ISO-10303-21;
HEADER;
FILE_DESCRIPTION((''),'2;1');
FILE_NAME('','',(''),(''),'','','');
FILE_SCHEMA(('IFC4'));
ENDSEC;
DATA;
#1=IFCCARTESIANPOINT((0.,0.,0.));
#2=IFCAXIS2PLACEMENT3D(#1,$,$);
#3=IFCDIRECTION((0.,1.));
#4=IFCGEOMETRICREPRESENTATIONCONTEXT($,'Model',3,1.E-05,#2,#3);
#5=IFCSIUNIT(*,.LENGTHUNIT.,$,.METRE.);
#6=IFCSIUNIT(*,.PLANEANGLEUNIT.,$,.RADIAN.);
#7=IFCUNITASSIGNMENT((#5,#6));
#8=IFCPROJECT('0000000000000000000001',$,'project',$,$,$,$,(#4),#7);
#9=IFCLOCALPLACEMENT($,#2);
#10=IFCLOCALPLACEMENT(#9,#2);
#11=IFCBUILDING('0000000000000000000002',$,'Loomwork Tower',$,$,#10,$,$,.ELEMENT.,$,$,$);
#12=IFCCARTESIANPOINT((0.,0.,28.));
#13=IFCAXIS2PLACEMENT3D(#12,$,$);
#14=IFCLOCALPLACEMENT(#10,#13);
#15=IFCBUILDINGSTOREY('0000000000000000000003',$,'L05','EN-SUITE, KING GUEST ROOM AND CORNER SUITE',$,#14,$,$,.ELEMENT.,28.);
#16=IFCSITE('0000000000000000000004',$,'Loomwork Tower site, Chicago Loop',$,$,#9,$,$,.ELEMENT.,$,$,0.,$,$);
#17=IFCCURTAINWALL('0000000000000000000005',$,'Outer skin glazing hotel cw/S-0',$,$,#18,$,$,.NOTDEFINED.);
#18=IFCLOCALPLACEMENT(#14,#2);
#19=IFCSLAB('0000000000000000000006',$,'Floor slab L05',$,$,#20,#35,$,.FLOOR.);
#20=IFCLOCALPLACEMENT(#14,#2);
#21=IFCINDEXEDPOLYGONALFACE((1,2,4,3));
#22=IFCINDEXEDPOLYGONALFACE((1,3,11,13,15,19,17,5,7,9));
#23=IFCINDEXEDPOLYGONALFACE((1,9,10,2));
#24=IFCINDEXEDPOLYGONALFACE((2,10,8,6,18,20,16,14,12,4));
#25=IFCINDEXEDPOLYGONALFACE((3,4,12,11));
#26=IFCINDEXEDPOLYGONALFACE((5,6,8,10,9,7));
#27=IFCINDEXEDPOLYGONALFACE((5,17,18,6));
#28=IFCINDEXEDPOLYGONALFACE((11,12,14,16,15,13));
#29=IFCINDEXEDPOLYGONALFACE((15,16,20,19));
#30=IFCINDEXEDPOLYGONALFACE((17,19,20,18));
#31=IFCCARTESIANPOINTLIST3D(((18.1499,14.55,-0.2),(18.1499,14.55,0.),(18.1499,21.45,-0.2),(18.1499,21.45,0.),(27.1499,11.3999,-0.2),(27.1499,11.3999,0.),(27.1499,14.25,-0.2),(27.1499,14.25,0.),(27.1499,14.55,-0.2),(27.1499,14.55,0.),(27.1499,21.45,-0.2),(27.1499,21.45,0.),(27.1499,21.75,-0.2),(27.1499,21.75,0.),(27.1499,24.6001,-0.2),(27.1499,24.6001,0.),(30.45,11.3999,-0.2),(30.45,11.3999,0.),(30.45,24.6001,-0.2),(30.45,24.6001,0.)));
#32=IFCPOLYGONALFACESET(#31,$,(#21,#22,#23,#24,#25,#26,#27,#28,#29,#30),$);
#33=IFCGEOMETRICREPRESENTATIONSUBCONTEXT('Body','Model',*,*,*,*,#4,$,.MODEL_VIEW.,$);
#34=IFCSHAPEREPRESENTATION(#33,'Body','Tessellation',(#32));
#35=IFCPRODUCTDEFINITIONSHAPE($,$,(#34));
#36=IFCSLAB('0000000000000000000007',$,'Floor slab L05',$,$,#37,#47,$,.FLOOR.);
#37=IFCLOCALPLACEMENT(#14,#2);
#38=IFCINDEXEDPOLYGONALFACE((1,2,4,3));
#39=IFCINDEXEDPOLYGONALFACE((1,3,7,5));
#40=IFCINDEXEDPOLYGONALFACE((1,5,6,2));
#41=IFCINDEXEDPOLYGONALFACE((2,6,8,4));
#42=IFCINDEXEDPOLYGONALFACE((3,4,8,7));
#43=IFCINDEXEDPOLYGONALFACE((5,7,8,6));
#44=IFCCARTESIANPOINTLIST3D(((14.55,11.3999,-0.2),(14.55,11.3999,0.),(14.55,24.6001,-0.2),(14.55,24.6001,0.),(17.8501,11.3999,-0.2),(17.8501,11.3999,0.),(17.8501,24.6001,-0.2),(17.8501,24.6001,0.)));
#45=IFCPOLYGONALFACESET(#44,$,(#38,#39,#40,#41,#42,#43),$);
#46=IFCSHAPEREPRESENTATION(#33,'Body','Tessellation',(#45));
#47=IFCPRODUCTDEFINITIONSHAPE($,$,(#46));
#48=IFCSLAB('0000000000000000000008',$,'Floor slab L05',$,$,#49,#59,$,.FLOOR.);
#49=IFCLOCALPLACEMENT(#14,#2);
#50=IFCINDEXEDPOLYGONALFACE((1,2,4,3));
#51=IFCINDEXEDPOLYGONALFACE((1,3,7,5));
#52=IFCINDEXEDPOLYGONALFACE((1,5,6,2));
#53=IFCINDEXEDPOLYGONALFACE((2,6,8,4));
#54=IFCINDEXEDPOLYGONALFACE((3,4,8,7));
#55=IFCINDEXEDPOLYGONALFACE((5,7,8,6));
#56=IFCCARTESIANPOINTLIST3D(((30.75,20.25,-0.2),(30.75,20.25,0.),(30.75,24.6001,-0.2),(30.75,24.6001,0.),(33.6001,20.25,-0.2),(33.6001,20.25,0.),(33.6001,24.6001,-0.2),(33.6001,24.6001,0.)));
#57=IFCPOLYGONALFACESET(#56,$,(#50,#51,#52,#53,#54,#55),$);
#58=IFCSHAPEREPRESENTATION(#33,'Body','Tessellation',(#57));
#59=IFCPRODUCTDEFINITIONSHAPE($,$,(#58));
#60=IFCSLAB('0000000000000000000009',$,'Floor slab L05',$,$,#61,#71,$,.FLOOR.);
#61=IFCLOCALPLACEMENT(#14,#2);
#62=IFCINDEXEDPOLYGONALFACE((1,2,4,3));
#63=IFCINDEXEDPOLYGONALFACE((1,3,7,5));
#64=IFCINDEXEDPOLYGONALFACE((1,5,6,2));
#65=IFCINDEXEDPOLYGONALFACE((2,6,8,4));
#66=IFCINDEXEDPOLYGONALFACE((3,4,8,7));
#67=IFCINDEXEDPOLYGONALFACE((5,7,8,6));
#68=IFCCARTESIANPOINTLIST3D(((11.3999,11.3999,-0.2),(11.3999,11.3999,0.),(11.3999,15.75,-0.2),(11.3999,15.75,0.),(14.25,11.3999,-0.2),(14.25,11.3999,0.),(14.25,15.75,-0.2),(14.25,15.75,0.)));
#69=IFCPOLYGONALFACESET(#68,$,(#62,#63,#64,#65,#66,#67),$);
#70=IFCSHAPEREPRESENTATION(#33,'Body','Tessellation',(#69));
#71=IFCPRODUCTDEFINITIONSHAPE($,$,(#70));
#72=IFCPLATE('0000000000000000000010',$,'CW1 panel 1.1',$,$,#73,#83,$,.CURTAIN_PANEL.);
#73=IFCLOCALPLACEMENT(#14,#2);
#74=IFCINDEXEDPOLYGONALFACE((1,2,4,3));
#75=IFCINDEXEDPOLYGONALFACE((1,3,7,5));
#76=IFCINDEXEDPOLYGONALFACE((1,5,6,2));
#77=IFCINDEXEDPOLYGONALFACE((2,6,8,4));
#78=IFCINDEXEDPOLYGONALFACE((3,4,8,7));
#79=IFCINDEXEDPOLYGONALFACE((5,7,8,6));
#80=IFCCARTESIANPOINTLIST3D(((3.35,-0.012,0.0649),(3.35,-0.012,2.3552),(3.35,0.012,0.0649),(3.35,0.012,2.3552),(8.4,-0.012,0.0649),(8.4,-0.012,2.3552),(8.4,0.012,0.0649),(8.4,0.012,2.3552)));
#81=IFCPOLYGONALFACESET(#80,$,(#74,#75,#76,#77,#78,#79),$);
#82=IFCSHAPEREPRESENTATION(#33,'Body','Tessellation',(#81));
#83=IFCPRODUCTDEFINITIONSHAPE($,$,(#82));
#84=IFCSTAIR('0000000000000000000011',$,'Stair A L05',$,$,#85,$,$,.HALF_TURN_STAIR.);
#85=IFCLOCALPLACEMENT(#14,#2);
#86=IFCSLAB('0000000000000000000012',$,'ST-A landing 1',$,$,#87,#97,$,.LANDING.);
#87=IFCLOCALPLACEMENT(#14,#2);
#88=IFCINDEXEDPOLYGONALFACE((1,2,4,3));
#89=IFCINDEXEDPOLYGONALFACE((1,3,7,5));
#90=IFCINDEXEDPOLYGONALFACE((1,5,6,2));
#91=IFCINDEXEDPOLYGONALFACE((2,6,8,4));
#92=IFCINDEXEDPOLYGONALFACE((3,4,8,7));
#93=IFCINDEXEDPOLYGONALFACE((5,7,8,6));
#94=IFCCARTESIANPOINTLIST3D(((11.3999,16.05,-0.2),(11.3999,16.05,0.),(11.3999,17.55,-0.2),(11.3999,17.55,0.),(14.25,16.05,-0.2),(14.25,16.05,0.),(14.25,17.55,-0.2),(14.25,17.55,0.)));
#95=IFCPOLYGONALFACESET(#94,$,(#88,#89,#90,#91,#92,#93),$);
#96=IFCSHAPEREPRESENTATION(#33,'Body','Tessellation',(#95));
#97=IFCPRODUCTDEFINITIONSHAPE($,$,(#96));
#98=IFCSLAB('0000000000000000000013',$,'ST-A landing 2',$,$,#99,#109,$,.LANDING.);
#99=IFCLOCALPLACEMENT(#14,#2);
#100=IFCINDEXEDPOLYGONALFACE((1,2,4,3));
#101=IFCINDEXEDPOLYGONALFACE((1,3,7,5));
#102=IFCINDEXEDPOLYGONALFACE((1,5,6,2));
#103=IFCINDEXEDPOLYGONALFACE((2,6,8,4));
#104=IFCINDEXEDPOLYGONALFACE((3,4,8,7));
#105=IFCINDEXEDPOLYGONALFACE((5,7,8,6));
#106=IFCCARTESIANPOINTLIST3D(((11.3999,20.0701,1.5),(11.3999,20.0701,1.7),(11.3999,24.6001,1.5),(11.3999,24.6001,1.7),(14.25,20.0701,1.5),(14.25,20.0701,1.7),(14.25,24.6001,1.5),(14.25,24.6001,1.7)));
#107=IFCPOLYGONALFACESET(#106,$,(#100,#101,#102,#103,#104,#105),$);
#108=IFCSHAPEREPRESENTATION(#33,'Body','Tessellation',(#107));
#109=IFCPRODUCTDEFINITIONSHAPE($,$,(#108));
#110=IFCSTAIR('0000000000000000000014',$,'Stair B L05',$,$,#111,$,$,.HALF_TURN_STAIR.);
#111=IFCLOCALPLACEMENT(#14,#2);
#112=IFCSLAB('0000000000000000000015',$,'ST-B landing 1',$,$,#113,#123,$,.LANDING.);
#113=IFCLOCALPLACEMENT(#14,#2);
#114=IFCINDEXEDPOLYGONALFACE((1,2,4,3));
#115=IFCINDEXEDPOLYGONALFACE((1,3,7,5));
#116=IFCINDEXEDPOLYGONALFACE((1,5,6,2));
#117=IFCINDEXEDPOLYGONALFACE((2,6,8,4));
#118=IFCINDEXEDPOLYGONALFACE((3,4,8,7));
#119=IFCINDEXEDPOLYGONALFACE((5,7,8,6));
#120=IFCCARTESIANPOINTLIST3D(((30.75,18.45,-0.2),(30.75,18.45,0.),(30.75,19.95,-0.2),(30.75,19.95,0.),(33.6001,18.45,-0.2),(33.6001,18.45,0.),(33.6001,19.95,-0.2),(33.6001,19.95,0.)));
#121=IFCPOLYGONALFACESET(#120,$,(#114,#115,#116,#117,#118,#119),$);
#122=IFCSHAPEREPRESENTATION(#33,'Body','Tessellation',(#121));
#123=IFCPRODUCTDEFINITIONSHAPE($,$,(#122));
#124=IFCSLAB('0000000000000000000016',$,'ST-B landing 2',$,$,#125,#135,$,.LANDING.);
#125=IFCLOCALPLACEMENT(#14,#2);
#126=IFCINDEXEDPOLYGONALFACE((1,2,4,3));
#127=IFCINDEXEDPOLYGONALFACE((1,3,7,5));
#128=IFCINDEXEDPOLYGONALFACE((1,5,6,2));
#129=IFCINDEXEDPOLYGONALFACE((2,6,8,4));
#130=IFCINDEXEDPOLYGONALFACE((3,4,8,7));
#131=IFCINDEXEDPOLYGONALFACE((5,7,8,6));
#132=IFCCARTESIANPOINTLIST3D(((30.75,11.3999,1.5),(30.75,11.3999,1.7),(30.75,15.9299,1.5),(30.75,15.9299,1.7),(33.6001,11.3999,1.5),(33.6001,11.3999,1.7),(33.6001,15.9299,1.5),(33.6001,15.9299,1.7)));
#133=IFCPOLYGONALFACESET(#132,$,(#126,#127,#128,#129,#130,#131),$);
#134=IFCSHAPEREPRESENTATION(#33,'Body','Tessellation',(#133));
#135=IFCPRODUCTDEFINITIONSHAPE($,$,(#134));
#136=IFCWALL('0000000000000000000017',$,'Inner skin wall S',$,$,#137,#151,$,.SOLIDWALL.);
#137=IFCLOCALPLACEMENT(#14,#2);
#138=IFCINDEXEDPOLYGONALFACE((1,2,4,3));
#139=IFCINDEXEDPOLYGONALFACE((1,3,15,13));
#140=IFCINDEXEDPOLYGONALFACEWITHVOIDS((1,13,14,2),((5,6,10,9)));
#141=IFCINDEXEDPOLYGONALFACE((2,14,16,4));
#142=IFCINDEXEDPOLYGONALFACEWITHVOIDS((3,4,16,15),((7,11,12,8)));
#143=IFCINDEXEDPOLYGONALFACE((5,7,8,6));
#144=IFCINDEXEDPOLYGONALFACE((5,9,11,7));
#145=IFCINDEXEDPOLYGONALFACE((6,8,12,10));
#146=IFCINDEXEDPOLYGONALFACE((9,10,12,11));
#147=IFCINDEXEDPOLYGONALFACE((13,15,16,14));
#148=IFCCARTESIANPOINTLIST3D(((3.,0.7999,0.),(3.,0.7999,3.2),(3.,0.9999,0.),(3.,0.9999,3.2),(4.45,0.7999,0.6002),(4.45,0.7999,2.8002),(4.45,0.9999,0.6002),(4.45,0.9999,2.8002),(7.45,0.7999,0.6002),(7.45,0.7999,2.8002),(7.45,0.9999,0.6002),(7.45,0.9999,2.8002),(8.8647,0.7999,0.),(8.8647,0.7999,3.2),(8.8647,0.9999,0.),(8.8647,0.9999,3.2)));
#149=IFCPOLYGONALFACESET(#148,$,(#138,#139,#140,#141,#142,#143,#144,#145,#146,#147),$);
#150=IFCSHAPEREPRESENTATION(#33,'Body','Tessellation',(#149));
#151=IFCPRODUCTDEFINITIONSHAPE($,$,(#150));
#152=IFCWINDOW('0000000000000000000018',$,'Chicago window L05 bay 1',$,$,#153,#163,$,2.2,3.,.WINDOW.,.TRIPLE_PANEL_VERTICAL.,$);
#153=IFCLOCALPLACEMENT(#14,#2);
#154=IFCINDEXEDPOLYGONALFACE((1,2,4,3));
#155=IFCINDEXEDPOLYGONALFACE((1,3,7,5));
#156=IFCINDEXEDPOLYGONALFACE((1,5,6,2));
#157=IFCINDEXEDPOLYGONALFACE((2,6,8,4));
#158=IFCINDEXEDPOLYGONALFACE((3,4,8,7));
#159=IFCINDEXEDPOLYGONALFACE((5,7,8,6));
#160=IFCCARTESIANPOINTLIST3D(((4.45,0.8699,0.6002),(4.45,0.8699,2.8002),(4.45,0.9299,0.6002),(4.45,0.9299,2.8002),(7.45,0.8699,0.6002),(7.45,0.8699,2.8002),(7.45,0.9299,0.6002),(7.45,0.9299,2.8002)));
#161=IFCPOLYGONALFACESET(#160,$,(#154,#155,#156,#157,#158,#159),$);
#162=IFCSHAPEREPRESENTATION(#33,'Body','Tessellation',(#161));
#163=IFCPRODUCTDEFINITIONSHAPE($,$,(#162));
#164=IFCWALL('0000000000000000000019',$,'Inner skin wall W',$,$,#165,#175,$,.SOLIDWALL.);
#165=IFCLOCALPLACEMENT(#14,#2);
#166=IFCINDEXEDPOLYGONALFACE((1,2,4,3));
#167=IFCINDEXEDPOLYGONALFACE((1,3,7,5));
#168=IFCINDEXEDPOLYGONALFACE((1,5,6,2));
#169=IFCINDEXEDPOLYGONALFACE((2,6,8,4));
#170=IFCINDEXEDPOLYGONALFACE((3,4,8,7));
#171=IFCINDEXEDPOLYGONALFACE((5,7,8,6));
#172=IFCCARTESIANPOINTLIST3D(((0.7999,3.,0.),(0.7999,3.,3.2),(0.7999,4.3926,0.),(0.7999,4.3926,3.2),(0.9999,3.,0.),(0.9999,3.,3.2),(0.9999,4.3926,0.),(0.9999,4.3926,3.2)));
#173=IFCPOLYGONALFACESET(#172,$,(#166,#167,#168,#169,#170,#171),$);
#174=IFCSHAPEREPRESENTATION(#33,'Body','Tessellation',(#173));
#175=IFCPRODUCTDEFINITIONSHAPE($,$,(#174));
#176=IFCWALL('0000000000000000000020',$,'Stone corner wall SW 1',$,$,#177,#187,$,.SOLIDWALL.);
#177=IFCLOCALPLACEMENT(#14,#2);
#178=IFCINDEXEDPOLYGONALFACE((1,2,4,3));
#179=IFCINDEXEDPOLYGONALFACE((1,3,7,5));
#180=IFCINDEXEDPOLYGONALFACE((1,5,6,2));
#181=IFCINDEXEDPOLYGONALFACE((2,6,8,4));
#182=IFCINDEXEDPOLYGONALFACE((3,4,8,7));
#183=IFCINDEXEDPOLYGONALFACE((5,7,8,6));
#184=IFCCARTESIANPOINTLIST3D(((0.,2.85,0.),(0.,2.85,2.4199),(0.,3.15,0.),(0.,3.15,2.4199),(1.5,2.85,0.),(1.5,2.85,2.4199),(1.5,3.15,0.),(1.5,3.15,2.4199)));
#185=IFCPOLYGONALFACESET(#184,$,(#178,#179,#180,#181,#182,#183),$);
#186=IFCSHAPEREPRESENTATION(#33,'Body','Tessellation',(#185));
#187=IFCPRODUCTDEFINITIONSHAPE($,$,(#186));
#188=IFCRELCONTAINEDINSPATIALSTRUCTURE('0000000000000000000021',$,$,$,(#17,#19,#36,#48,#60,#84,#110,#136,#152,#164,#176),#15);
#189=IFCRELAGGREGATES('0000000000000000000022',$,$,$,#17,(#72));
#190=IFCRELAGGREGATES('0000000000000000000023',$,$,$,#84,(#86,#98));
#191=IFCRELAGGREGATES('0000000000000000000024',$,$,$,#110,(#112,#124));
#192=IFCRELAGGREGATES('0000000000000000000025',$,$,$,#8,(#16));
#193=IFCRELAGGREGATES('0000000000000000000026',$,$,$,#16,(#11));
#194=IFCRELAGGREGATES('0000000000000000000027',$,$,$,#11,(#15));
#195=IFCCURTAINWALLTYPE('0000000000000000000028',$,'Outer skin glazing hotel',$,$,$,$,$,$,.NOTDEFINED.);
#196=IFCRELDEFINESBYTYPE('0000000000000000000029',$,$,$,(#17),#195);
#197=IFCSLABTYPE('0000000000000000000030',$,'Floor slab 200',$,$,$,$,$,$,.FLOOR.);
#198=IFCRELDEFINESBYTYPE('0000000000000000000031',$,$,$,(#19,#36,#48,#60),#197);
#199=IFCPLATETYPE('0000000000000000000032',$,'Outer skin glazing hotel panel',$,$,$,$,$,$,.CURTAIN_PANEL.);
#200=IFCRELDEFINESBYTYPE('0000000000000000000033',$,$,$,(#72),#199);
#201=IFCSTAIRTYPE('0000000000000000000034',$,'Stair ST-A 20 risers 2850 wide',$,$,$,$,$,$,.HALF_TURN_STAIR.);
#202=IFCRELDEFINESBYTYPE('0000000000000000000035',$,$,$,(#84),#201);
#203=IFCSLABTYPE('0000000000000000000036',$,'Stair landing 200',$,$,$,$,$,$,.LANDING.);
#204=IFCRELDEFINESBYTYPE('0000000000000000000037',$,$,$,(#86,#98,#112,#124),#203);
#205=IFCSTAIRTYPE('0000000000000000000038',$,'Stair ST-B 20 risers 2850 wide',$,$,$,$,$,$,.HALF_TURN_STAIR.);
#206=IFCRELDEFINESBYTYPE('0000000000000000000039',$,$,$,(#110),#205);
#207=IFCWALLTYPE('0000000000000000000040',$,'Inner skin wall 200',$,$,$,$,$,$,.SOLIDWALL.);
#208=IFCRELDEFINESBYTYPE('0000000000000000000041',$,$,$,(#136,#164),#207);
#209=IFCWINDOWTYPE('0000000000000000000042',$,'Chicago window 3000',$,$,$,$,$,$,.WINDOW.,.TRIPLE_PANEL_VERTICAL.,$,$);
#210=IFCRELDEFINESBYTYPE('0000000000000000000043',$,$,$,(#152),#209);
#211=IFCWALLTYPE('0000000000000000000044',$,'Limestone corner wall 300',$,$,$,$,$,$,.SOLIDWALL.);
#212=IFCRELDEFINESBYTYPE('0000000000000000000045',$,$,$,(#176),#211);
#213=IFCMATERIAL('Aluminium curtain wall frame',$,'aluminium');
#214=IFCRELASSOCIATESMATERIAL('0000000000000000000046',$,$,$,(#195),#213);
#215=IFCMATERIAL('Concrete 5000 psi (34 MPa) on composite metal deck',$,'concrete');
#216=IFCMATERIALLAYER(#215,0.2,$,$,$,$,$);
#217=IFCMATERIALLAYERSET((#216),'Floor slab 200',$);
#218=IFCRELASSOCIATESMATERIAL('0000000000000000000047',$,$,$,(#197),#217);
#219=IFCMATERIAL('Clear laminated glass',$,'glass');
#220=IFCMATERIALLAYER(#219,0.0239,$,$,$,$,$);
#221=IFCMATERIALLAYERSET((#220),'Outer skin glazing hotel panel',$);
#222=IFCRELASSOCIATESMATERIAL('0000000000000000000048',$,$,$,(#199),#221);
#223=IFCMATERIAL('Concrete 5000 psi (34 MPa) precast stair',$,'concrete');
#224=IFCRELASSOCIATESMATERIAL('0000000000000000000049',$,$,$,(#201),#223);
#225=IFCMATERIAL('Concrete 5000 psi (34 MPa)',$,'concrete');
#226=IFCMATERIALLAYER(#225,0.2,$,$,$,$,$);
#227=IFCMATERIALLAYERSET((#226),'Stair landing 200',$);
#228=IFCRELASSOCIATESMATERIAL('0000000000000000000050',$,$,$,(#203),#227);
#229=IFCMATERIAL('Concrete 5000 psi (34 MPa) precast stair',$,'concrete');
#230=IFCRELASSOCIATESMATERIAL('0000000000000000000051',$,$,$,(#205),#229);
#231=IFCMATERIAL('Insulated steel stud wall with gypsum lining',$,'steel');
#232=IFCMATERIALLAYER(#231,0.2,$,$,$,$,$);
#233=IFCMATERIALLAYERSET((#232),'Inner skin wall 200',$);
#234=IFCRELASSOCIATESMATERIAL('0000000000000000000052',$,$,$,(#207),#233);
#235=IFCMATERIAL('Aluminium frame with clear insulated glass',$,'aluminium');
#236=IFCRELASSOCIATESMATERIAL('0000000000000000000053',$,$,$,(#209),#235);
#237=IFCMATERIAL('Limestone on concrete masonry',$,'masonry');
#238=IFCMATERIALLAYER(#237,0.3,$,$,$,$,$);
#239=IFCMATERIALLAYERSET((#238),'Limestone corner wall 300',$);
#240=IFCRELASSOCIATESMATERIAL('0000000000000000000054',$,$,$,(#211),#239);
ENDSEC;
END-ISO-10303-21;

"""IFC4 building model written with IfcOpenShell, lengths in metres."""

from ifc_helpers import new_model, si_unit, direction, frame, frame_2d, origin, origin_2d, place, context, subcontext, project, spatial, polyline, rectangle, outline, extrude, material, layer, layer_set, type_object, element, fill, aggregate, save


model = new_model("IFC4")

# Units and contexts
model_context = context("Model", 3, precision=1e-05, world=origin(), true_north=direction((0.0, 1.0)))
body_context = subcontext(model_context, "Body", "Model", "MODEL_VIEW")
ifc_project = project(units=[si_unit("LENGTHUNIT", "METRE"), si_unit("PLANEANGLEUNIT", "RADIAN")], contexts=[model_context])

# Site, building, storey
site_placement = place(None, origin())
site = spatial("IfcSite", under=ifc_project, at=site_placement, Name="Loomwork Tower site, Chicago Loop", CompositionType="ELEMENT", RefElevation=0.0)
building_placement = place(site_placement, origin())
building = spatial("IfcBuilding", under=site, at=building_placement, Name="Loomwork Tower", CompositionType="ELEMENT")
storey_placement = place(building_placement, frame((0.0, 0.0, 28.0)))
storey = spatial("IfcBuildingStorey", under=building, at=storey_placement, Name="L05", Description="EN-SUITE, KING GUEST ROOM AND CORNER SUITE", CompositionType="ELEMENT", Elevation=28.0)

# Curtain wall
ifc_material_1 = material(Name="Aluminium curtain wall frame", Category="aluminium")
curtain_wall_type = type_object("IfcCurtainWallType", Name="Outer skin glazing hotel", PredefinedType="NOTDEFINED", material=ifc_material_1)
curtain_wall_1_placement = place(storey_placement, origin())
curtain_wall_1 = element("IfcCurtainWall", 1, at=curtain_wall_1_placement, inside=storey, type_object=curtain_wall_type, Name="Outer skin glazing hotel cw/S-0", PredefinedType="NOTDEFINED")

# Slabs
ifc_material_2 = material(Name="Concrete 5000 psi (34 MPa) on composite metal deck", Category="concrete")
ifc_layer_1 = layer(ifc_material_2, 0.2)
ifc_layer_set_1 = layer_set([ifc_layer_1], Name="Floor slab 200")
slab_type_1 = type_object("IfcSlabType", Name="Floor slab 200", PredefinedType="FLOOR", material=ifc_layer_set_1)
slab_1_placement = place(storey_placement, frame((0.0, 0.0, -0.2)))
element("IfcSlab", 2, at=slab_1_placement, inside=storey, type_object=slab_type_1, Name="Floor slab L05", PredefinedType="FLOOR", context=body_context, shape_type="SweptSolid", body=[
    extrude(outline(polyline([(30.45, 24.6001), (30.45, 11.3999), (27.1499, 11.3999), (27.1499, 14.25), (27.1499, 14.55), (18.1499, 14.55), (18.1499, 21.45), (27.1499, 21.45), (27.1499, 21.75), (27.1499, 24.6001), (30.45, 24.6001)])), origin(), (0.0, 0.0, 1.0), 0.2),
])
slab_2_placement = place(storey_placement, frame((0.0, 0.0, -0.2)))
element("IfcSlab", 3, at=slab_2_placement, inside=storey, type_object=slab_type_1, Name="Floor slab L05", PredefinedType="FLOOR", context=body_context, shape_type="SweptSolid", body=[
    extrude(outline(polyline([(14.55, 11.3999), (14.55, 24.6001), (17.8501, 24.6001), (17.8501, 11.3999), (14.55, 11.3999)])), origin(), (0.0, 0.0, 1.0), 0.2),
])
slab_3_placement = place(storey_placement, frame((0.0, 0.0, -0.2)))
element("IfcSlab", 4, at=slab_3_placement, inside=storey, type_object=slab_type_1, Name="Floor slab L05", PredefinedType="FLOOR", context=body_context, shape_type="SweptSolid", body=[
    extrude(outline(polyline([(33.6001, 20.25), (30.75, 20.25), (30.75, 24.6001), (33.6001, 24.6001), (33.6001, 20.25)])), origin(), (0.0, 0.0, 1.0), 0.2),
])
slab_4_placement = place(storey_placement, frame((0.0, 0.0, -0.2)))
element("IfcSlab", 5, at=slab_4_placement, inside=storey, type_object=slab_type_1, Name="Floor slab L05", PredefinedType="FLOOR", context=body_context, shape_type="SweptSolid", body=[
    extrude(outline(polyline([(14.25, 15.75), (14.25, 11.3999), (11.3999, 11.3999), (11.3999, 15.75), (14.25, 15.75)])), origin(), (0.0, 0.0, 1.0), 0.2),
])

# Plate
ifc_material_3 = material(Name="Clear laminated glass", Category="glass")
ifc_layer_2 = layer(ifc_material_3, 0.0239)
ifc_layer_set_2 = layer_set([ifc_layer_2], Name="Outer skin glazing hotel panel")
plate_type = type_object("IfcPlateType", Name="Outer skin glazing hotel panel", PredefinedType="CURTAIN_PANEL", material=ifc_layer_set_2)
plate_placement = place(storey_placement, frame((5.875, 0.0, 0.0649), z_axis=(0.0, 0.0, 1.0), x_axis=(1.0, 0.0, 0.0)))
plate = element("IfcPlate", 6, at=plate_placement, type_object=plate_type, Name="CW1 panel 1.1", PredefinedType="CURTAIN_PANEL", context=body_context, shape_type="SweptSolid", body=[
    extrude(rectangle(XDim=5.05, YDim=0.0239, at=origin_2d()), origin(), (0.0, 0.0, 1.0), 2.2903),
])
aggregate(curtain_wall_1, [plate])

# Stairs, slabs
ifc_material_4 = material(Name="Concrete 5000 psi (34 MPa) precast stair", Category="concrete")
stair_type_1 = type_object("IfcStairType", Name="Stair ST-A 20 risers 2850 wide", PredefinedType="HALF_TURN_STAIR", material=ifc_material_4)
stair_1_placement = place(storey_placement, origin())
stair_1 = element("IfcStair", 7, at=stair_1_placement, inside=storey, type_object=stair_type_1, Name="Stair A L05", PredefinedType="HALF_TURN_STAIR")
ifc_material_5 = material(Name="Concrete 5000 psi (34 MPa)", Category="concrete")
ifc_layer_3 = layer(ifc_material_5, 0.2)
ifc_layer_set_3 = layer_set([ifc_layer_3], Name="Stair landing 200")
slab_type_2 = type_object("IfcSlabType", Name="Stair landing 200", PredefinedType="LANDING", material=ifc_layer_set_3)
slab_5_placement = place(storey_placement, frame((0.0, 0.0, -0.2)))
slab_5 = element("IfcSlab", 8, at=slab_5_placement, type_object=slab_type_2, Name="ST-A landing 1", PredefinedType="LANDING", context=body_context, shape_type="SweptSolid", body=[
    extrude(outline(polyline([(11.3999, 16.05), (14.25, 16.05), (14.25, 17.55), (11.3999, 17.55), (11.3999, 16.05)])), origin(), (0.0, 0.0, 1.0), 0.2),
])
slab_6_placement = place(storey_placement, frame((0.0, 0.0, 1.5)))
slab_6 = element("IfcSlab", 9, at=slab_6_placement, type_object=slab_type_2, Name="ST-A landing 2", PredefinedType="LANDING", context=body_context, shape_type="SweptSolid", body=[
    extrude(outline(polyline([(11.3999, 20.0701), (14.25, 20.0701), (14.25, 24.6001), (11.3999, 24.6001), (11.3999, 20.0701)])), origin(), (0.0, 0.0, 1.0), 0.2),
])
aggregate(stair_1, [slab_5, slab_6])
ifc_material_6 = material(Name="Concrete 5000 psi (34 MPa) precast stair", Category="concrete")
stair_type_2 = type_object("IfcStairType", Name="Stair ST-B 20 risers 2850 wide", PredefinedType="HALF_TURN_STAIR", material=ifc_material_6)
stair_2_placement = place(storey_placement, origin())
stair_2 = element("IfcStair", 10, at=stair_2_placement, inside=storey, type_object=stair_type_2, Name="Stair B L05", PredefinedType="HALF_TURN_STAIR")
slab_7_placement = place(storey_placement, frame((0.0, 0.0, -0.2)))
slab_7 = element("IfcSlab", 11, at=slab_7_placement, type_object=slab_type_2, Name="ST-B landing 1", PredefinedType="LANDING", context=body_context, shape_type="SweptSolid", body=[
    extrude(outline(polyline([(30.75, 18.45), (33.6001, 18.45), (33.6001, 19.95), (30.75, 19.95), (30.75, 18.45)])), origin(), (0.0, 0.0, 1.0), 0.2),
])
slab_8_placement = place(storey_placement, frame((0.0, 0.0, 1.5)))
slab_8 = element("IfcSlab", 12, at=slab_8_placement, type_object=slab_type_2, Name="ST-B landing 2", PredefinedType="LANDING", context=body_context, shape_type="SweptSolid", body=[
    extrude(outline(polyline([(30.75, 11.3999), (33.6001, 11.3999), (33.6001, 15.9299), (30.75, 15.9299), (30.75, 11.3999)])), origin(), (0.0, 0.0, 1.0), 0.2),
])
aggregate(stair_2, [slab_7, slab_8])

# Wall, opening, window
ifc_material_7 = material(Name="Insulated steel stud wall with gypsum lining", Category="steel")
ifc_layer_4 = layer(ifc_material_7, 0.2)
ifc_layer_set_4 = layer_set([ifc_layer_4], Name="Inner skin wall 200")
wall_type_1 = type_object("IfcWallType", Name="Inner skin wall 200", PredefinedType="SOLIDWALL", material=ifc_layer_set_4)
wall_1_placement = place(storey_placement, frame((3.0, 0.8999, 0.0), z_axis=(0.0, 0.0, 1.0), x_axis=(1.0, 0.0, 0.0)))
wall_1 = element("IfcWall", 13, at=wall_1_placement, inside=storey, type_object=wall_type_1, Name="Inner skin wall S", PredefinedType="SOLIDWALL", context=body_context, shape_type="SweptSolid", body=[
    extrude(rectangle(XDim=5.8647, YDim=0.2, at=frame_2d((2.9324, 0.0))), origin(), (0.0, 0.0, 1.0), 3.2),
])
opening_1_placement = place(wall_1_placement, frame((1.45, 0.0, 0.6001)))
opening_1 = element("IfcOpeningElement", 14, at=opening_1_placement, cuts=wall_1, PredefinedType="OPENING", context=body_context, shape_type="SweptSolid", body=[
    extrude(rectangle(XDim=3.0, YDim=2.2, at=frame_2d((1.5, 1.1001))), frame((0.0, 0.1099, 0.0), z_axis=(0.0, -1.0, 0.0), x_axis=(1.0, 0.0, 0.0)), (0.0, 0.0, 1.0), 0.22),
])
ifc_material_8 = material(Name="Aluminium frame with clear insulated glass", Category="aluminium")
window_type_1 = type_object("IfcWindowType", Name="Chicago window 3000", PartitioningType="TRIPLE_PANEL_VERTICAL", PredefinedType="WINDOW", material=ifc_material_8)
window_1_placement = place(opening_1_placement, origin())
window_1 = element("IfcWindow", 15, at=window_1_placement, inside=storey, type_object=window_type_1, Name="Chicago window L05 bay 1", OverallHeight=2.2, OverallWidth=3.0, PartitioningType="TRIPLE_PANEL_VERTICAL", PredefinedType="WINDOW", context=body_context, shape_type="SweptSolid", body=[
    extrude(rectangle(XDim=3.0, YDim=2.2, at=frame_2d((1.5, 1.1001))), frame((0.0, 0.03, 0.0), z_axis=(0.0, -1.0, 0.0), x_axis=(1.0, 0.0, 0.0)), (0.0, 0.0, 1.0), 0.0601),
])
fill(opening_1, window_1)

# Walls
wall_2_placement = place(storey_placement, frame((0.8999, 3.0, 0.0), z_axis=(0.0, 0.0, 1.0), x_axis=(0.0, 1.0, 0.0)))
element("IfcWall", 16, at=wall_2_placement, inside=storey, type_object=wall_type_1, Name="Inner skin wall W", PredefinedType="SOLIDWALL", context=body_context, shape_type="SweptSolid", body=[
    extrude(rectangle(XDim=1.3926, YDim=0.2, at=frame_2d((0.6963, 0.0))), origin(), (0.0, 0.0, 1.0), 3.2),
])
ifc_material_9 = material(Name="Limestone on concrete masonry", Category="masonry")
ifc_layer_5 = layer(ifc_material_9, 0.3)
ifc_layer_set_5 = layer_set([ifc_layer_5], Name="Limestone corner wall 300")
wall_type_2 = type_object("IfcWallType", Name="Limestone corner wall 300", PredefinedType="SOLIDWALL", material=ifc_layer_set_5)
wall_3_placement = place(storey_placement, frame((0.0, 3.0, 0.0), z_axis=(0.0, 0.0, 1.0), x_axis=(1.0, 0.0, 0.0)))
element("IfcWall", 17, at=wall_3_placement, inside=storey, type_object=wall_type_2, Name="Stone corner wall SW 1", PredefinedType="SOLIDWALL", context=body_context, shape_type="SweptSolid", body=[
    extrude(rectangle(XDim=1.5, YDim=0.3, at=frame_2d((0.75, 0.0))), origin(), (0.0, 0.0, 1.0), 2.4199),
])

save(model, "model.ifc")
